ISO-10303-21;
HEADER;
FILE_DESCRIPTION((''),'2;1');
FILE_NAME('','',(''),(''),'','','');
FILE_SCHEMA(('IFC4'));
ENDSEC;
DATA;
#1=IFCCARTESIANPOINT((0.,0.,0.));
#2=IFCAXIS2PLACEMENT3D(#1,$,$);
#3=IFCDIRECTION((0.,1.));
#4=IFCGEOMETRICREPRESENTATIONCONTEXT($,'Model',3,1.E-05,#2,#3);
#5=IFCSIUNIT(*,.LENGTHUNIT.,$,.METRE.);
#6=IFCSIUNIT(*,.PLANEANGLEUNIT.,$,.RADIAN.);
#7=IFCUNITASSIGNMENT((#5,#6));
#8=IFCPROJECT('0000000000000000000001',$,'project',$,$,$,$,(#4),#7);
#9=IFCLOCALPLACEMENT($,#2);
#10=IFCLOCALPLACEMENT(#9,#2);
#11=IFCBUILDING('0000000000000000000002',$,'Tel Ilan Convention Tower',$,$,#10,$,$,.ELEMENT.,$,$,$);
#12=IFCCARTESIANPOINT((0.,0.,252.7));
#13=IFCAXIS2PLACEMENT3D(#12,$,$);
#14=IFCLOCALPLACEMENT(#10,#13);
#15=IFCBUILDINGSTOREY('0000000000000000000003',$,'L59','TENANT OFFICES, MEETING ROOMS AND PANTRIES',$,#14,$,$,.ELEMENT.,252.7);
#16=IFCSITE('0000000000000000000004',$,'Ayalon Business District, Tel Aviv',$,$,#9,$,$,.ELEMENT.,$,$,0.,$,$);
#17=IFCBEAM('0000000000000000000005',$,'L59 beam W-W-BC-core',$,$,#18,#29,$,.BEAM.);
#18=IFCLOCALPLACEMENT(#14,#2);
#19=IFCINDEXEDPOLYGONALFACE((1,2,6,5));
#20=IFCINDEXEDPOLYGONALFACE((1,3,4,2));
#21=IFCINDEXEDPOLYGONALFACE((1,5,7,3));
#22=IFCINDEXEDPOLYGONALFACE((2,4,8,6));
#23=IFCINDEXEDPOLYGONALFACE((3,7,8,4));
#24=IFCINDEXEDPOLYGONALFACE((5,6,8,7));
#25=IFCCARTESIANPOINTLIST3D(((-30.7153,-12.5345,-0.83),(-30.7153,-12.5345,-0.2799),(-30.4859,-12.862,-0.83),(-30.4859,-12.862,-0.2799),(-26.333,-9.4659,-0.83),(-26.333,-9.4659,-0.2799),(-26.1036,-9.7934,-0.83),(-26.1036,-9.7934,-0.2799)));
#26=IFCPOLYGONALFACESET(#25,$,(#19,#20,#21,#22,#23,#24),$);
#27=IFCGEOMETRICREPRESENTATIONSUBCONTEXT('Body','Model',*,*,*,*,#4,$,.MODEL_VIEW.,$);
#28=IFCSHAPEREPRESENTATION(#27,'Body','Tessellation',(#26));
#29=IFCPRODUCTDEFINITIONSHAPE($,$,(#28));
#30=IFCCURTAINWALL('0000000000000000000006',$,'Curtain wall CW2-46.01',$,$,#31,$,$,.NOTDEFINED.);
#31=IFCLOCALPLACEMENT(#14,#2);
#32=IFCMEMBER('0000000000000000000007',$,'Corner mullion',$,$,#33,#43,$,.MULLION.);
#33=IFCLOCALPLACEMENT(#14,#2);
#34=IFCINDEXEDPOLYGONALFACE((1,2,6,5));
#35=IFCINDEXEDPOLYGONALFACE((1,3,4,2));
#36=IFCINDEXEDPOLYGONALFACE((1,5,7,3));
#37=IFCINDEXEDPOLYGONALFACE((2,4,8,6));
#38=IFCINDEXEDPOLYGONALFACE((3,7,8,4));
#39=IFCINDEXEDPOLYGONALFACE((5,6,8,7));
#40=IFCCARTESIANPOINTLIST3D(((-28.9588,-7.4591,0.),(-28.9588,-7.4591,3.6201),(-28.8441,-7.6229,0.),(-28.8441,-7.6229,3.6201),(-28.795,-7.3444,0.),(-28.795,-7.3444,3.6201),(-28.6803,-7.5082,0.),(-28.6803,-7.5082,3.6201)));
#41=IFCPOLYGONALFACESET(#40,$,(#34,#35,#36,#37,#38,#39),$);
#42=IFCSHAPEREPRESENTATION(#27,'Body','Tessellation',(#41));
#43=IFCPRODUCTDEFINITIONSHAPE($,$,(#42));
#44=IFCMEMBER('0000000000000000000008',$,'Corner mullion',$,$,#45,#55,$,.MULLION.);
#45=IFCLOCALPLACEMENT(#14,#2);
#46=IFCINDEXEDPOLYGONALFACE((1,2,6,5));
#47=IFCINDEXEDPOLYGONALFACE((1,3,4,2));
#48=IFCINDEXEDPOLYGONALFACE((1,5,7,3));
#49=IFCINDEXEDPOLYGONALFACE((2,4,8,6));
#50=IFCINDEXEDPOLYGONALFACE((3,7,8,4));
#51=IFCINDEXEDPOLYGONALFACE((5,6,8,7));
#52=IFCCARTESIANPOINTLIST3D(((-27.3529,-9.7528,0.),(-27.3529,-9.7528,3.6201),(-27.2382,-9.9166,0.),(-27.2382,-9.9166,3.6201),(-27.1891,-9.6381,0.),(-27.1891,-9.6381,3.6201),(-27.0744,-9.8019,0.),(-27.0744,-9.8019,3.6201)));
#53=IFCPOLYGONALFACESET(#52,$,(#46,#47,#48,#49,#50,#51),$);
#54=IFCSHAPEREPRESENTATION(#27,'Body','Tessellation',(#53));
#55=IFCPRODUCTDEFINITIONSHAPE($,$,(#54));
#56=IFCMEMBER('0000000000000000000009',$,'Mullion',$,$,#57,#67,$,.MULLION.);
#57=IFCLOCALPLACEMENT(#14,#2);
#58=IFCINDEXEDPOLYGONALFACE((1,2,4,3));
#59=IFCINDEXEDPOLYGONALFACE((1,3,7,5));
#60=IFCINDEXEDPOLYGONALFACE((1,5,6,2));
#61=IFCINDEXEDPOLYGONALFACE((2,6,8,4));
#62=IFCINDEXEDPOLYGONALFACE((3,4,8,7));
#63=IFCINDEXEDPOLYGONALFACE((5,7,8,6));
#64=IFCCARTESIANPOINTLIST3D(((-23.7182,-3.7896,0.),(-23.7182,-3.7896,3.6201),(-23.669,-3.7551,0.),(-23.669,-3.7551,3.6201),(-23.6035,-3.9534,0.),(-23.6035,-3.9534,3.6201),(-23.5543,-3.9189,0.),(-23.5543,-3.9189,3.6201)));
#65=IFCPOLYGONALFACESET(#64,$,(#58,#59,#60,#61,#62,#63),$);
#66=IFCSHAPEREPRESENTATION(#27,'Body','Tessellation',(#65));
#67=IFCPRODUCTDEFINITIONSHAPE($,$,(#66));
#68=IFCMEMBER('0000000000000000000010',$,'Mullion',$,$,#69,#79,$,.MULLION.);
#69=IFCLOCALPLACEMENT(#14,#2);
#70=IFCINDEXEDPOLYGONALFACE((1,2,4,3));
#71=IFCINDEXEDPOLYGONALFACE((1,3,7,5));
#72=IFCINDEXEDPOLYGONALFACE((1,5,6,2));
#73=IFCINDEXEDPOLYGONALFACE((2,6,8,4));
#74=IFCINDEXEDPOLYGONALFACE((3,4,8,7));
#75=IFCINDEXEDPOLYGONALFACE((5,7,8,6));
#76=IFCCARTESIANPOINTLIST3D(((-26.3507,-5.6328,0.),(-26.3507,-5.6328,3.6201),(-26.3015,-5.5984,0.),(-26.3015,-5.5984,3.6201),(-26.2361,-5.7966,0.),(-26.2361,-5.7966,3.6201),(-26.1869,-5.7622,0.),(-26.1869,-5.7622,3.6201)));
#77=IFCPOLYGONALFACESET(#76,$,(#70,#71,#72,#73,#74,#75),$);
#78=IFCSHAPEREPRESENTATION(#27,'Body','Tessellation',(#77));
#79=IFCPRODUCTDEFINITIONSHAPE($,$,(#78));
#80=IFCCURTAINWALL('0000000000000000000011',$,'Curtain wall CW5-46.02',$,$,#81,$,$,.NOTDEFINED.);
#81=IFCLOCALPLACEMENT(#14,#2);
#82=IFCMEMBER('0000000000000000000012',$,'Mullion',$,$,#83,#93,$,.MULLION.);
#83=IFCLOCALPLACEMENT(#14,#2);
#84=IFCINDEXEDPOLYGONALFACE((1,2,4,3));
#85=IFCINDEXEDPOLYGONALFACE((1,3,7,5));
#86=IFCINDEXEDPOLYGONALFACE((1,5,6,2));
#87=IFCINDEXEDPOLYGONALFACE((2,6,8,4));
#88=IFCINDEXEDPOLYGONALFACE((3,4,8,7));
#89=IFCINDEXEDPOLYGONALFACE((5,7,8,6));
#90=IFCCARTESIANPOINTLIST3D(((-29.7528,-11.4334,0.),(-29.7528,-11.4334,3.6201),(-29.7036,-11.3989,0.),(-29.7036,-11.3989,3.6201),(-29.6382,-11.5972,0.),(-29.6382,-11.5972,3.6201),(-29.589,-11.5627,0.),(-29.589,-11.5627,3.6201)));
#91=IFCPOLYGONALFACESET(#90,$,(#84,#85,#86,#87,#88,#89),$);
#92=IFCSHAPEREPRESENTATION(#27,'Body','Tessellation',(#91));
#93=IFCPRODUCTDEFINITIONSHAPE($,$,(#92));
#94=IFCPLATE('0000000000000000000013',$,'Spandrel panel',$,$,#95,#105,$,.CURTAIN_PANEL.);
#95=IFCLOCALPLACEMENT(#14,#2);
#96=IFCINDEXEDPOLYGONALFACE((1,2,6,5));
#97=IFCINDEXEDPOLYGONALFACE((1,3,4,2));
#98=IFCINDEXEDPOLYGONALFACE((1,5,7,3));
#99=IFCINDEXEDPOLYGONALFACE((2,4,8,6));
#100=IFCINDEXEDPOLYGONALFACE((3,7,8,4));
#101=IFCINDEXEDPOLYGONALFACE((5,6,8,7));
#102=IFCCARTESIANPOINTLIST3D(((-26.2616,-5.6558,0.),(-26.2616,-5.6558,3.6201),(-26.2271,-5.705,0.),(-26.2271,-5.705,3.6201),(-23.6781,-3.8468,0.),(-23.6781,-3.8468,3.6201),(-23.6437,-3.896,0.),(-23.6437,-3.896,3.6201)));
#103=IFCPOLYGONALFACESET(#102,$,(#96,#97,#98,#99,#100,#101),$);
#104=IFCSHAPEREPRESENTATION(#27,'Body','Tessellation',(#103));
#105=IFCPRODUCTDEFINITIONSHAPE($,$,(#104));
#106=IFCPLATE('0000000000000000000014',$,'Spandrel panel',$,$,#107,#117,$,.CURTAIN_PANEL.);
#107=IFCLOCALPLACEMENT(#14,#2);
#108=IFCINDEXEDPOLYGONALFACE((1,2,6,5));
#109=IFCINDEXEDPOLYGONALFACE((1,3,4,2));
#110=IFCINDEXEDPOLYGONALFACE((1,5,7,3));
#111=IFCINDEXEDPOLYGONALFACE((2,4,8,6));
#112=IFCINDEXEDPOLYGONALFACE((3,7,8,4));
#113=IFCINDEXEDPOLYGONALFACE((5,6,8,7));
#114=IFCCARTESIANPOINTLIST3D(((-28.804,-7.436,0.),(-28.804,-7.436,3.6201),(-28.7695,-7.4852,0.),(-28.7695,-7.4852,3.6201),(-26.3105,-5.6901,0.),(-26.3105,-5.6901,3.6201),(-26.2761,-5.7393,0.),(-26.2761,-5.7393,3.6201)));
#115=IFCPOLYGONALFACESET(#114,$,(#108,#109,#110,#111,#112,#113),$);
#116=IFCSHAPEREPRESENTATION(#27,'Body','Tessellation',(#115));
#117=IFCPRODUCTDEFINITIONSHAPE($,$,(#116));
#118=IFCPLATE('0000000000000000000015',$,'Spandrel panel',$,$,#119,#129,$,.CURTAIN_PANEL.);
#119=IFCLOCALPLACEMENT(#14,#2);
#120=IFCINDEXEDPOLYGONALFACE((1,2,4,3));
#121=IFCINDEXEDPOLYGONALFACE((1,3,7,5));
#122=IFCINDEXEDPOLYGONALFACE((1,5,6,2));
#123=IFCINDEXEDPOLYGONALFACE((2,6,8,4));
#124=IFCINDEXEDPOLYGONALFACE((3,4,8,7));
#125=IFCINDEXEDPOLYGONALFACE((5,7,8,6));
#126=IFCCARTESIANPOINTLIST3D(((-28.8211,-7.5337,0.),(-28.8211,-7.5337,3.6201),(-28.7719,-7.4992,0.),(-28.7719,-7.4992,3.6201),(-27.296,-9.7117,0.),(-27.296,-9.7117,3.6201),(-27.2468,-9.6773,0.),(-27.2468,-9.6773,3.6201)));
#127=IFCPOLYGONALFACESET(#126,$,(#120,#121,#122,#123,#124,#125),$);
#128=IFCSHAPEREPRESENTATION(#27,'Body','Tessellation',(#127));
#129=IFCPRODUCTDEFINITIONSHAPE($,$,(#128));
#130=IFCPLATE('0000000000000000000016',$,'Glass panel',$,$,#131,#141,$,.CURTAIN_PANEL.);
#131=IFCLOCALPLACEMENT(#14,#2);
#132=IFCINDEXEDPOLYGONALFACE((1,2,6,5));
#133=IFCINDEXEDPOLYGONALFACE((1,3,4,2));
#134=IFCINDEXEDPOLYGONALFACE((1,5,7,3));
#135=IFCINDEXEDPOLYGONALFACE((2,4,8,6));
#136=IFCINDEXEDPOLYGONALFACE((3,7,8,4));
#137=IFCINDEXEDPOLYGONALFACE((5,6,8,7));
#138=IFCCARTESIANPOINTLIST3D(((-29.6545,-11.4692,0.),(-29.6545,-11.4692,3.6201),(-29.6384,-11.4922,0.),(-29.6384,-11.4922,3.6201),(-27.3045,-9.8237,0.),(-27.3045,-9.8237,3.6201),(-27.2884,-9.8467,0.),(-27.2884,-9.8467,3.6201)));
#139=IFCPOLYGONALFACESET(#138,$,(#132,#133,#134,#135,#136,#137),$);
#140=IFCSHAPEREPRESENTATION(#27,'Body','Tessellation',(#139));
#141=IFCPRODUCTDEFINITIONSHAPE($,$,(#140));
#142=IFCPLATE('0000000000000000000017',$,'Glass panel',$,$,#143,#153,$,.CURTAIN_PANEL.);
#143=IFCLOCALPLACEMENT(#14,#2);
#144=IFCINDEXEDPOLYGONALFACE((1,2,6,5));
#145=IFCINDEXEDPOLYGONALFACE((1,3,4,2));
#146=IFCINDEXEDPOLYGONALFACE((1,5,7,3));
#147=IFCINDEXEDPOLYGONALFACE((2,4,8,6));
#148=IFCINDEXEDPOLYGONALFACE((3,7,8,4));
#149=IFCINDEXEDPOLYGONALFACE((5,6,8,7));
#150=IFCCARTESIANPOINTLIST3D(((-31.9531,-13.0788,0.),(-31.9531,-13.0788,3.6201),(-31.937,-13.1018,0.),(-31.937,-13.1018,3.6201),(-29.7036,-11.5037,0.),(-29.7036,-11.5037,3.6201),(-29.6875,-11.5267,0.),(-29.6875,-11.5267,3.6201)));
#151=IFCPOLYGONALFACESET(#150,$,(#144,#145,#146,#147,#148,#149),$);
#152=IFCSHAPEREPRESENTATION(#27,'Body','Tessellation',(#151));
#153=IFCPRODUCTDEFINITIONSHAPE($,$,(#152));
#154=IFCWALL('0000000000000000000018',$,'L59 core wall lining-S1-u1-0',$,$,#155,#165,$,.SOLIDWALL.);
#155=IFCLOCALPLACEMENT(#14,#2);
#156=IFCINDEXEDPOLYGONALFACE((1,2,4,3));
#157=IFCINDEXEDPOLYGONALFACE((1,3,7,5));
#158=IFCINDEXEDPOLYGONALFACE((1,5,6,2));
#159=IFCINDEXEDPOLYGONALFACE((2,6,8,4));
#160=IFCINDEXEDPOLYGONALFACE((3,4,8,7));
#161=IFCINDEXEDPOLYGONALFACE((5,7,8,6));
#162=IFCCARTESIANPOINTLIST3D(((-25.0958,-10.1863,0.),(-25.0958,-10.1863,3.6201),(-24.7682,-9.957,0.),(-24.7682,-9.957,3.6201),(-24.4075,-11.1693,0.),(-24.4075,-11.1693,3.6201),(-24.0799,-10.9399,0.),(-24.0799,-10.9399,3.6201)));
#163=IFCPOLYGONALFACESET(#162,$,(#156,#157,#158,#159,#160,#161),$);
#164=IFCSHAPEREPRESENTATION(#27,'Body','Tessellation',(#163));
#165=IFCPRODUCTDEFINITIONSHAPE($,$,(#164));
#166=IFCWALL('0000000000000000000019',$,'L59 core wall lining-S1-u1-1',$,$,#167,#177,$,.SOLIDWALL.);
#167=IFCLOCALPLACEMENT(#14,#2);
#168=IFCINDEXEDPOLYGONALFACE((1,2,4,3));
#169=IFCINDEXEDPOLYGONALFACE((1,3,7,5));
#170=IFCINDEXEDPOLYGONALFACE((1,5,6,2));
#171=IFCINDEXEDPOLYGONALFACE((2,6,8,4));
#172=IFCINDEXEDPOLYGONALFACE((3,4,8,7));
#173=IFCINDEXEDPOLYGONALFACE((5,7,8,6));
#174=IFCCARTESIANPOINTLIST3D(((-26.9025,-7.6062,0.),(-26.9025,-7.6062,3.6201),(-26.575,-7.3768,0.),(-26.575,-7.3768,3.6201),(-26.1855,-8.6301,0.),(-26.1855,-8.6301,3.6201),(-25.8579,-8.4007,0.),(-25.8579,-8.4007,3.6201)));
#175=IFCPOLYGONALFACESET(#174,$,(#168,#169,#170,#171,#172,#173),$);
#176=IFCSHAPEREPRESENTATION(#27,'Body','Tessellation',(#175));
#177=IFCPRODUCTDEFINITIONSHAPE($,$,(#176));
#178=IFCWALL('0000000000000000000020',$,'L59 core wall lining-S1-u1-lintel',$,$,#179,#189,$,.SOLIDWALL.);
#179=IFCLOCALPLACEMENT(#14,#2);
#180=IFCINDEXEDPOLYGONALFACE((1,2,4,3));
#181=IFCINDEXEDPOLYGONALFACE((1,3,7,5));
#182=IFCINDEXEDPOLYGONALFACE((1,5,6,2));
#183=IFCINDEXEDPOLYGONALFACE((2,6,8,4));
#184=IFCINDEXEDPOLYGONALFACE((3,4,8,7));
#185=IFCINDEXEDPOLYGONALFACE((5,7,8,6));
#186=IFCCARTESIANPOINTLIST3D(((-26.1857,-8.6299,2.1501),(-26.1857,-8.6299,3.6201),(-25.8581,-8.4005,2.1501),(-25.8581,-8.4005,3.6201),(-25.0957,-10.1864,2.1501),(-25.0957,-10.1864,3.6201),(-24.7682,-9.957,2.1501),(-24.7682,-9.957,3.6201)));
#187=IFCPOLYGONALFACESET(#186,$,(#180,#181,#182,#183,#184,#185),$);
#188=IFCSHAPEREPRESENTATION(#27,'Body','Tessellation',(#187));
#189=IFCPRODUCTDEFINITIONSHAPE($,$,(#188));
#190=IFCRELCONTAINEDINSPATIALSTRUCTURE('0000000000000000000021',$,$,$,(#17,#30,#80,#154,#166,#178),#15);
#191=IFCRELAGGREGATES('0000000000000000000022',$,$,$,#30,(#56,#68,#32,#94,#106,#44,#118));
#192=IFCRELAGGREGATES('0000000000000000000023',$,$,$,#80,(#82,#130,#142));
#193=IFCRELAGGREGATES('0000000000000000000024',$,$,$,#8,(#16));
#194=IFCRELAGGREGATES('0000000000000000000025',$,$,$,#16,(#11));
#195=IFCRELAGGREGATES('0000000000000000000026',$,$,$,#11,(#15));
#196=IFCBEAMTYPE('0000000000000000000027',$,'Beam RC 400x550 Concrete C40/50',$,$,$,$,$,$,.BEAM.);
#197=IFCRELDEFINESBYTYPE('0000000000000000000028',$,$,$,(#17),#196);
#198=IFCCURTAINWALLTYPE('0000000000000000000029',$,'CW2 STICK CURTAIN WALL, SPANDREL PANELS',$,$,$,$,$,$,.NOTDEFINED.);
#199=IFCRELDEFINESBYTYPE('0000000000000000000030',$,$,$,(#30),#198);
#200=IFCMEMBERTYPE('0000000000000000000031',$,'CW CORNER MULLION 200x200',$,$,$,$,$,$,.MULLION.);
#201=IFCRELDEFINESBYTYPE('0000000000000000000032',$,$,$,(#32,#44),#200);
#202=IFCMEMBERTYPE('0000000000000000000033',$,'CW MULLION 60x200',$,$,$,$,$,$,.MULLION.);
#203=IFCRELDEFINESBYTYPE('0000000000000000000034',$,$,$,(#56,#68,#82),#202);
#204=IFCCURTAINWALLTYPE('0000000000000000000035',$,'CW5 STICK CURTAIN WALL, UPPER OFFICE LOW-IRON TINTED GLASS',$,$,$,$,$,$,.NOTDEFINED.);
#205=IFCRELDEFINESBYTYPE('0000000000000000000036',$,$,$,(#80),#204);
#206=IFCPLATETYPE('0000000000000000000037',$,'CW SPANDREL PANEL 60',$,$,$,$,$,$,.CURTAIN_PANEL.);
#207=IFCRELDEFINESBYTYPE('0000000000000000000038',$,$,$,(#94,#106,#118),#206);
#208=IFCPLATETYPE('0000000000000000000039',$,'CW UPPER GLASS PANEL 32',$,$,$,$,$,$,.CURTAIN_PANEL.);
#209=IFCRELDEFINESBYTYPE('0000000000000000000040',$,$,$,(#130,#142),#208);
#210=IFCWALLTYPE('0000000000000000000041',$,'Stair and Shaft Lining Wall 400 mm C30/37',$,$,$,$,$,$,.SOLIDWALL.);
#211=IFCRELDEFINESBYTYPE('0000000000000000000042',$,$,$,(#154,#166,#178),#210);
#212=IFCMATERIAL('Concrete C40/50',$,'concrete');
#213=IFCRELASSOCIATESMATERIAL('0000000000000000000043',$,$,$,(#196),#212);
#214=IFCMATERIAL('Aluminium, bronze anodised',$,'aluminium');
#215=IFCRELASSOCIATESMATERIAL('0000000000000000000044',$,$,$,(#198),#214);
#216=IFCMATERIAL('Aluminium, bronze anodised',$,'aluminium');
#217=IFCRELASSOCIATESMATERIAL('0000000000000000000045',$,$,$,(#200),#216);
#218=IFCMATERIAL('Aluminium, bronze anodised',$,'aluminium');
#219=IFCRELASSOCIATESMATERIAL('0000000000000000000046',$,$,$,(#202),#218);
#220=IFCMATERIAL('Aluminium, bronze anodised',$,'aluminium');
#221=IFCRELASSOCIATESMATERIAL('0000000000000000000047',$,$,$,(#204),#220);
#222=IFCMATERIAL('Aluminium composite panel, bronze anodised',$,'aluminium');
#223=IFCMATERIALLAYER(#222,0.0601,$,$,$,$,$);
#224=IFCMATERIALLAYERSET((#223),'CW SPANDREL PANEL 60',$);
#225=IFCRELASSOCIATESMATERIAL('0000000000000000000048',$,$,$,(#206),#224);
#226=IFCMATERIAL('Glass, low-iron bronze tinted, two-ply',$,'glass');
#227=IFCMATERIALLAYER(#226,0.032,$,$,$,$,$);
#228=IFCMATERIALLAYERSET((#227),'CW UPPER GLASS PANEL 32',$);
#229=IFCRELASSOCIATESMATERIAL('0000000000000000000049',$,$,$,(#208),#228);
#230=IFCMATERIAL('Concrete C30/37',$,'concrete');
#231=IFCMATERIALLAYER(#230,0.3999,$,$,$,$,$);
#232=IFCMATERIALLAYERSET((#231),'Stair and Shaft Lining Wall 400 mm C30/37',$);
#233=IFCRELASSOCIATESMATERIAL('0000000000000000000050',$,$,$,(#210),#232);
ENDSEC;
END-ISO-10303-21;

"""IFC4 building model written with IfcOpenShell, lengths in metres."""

from ifc_helpers import new_model, si_unit, direction, frame, frame_2d, origin, origin_2d, place, context, subcontext, project, spatial, rectangle, extrude, material, layer, layer_set, material_profile, profile_set, type_object, element, aggregate, save


model = new_model("IFC4")

# Units and contexts
model_context = context("Model", 3, precision=1e-05, world=origin(), true_north=direction((0.0, 1.0)))
body_context = subcontext(model_context, "Body", "Model", "MODEL_VIEW")
ifc_project = project(units=[si_unit("LENGTHUNIT", "METRE"), si_unit("PLANEANGLEUNIT", "RADIAN")], contexts=[model_context])

# Site, building, storey
site_placement = place(None, origin())
site = spatial("IfcSite", under=ifc_project, at=site_placement, Name="Ayalon Business District, Tel Aviv", CompositionType="ELEMENT", RefElevation=0.0)
building_placement = place(site_placement, origin())
building = spatial("IfcBuilding", under=site, at=building_placement, Name="Tel Ilan Convention Tower", CompositionType="ELEMENT")
storey_placement = place(building_placement, frame((0.0, 0.0, 252.7)))
storey = spatial("IfcBuildingStorey", under=building, at=storey_placement, Name="L59", Description="TENANT OFFICES, MEETING ROOMS AND PANTRIES", CompositionType="ELEMENT", Elevation=252.7)

# Beam
ifc_material_1 = material(Name="Concrete C40/50", Category="concrete")
ifc_material_profile_1 = material_profile(ifc_material_1, rectangle(XDim=0.3999, YDim=0.55, at=origin_2d()), Name="RC 400x550")
ifc_profile_set_1 = profile_set([ifc_material_profile_1], Name="Concrete C40/50")
beam_type = type_object("IfcBeamType", Name="Beam RC 400x550 Concrete C40/50", PredefinedType="BEAM", material=ifc_profile_set_1)
beam_placement = place(storey_placement, frame((-30.6006, -12.6982, -0.5549), z_axis=(0.819146, 0.573585, 0.0), x_axis=(-0.573585, 0.819146, 0.0)))
element("IfcBeam", 1, at=beam_placement, inside=storey, type_object=beam_type, Name="L59 beam W-W-BC-core", PredefinedType="BEAM", context=body_context, shape_type="SweptSolid", body=[
    extrude(rectangle(XDim=0.3999, YDim=0.55, at=origin_2d()), origin(), (0.0, 0.0, 1.0), 5.3499),
])

# Curtain wall, members
ifc_material_2 = material(Name="Aluminium, bronze anodised", Category="aluminium")
curtain_wall_type_1 = type_object("IfcCurtainWallType", Name="CW2 STICK CURTAIN WALL, SPANDREL PANELS", PredefinedType="NOTDEFINED", material=ifc_material_2)
curtain_wall_1_placement = place(storey_placement, origin())
curtain_wall_1 = element("IfcCurtainWall", 2, at=curtain_wall_1_placement, inside=storey, type_object=curtain_wall_type_1, Name="Curtain wall CW2-46.01", PredefinedType="NOTDEFINED")
ifc_material_3 = material(Name="Aluminium, bronze anodised", Category="aluminium")
ifc_material_profile_2 = material_profile(ifc_material_3, rectangle(XDim=0.2, YDim=0.2, at=origin_2d()), Name="CW CORNER MULLION 200x200")
ifc_profile_set_2 = profile_set([ifc_material_profile_2], Name="Aluminium, bronze anodised")
member_type_1 = type_object("IfcMemberType", Name="CW CORNER MULLION 200x200", PredefinedType="MULLION", material=ifc_profile_set_2)
member_1_placement = place(storey_placement, frame((-28.8196, -7.4836, 0.0), z_axis=(0.0, 0.0, 1.0), x_axis=(-0.819152, -0.573576, 0.0)))
member_1 = element("IfcMember", 3, at=member_1_placement, type_object=member_type_1, Name="Corner mullion", PredefinedType="MULLION", context=body_context, shape_type="SweptSolid", body=[
    extrude(rectangle(XDim=0.2, YDim=0.2, at=origin_2d()), origin(), (0.0, 0.0, 1.0), 3.6201),
])
member_2_placement = place(storey_placement, frame((-27.2136, -9.7773, 0.0), z_axis=(0.0, 0.0, 1.0), x_axis=(0.573576, -0.819152, 0.0)))
member_2 = element("IfcMember", 4, at=member_2_placement, type_object=member_type_1, Name="Corner mullion", PredefinedType="MULLION", context=body_context, shape_type="SweptSolid", body=[
    extrude(rectangle(XDim=0.2, YDim=0.2, at=origin_2d()), origin(), (0.0, 0.0, 1.0), 3.6201),
])
ifc_material_4 = material(Name="Aluminium, bronze anodised", Category="aluminium")
ifc_material_profile_3 = material_profile(ifc_material_4, rectangle(XDim=0.0601, YDim=0.2, at=origin_2d()), Name="CW MULLION 60x200")
ifc_profile_set_3 = profile_set([ifc_material_profile_3], Name="Aluminium, bronze anodised")
member_type_2 = type_object("IfcMemberType", Name="CW MULLION 60x200", PredefinedType="MULLION", material=ifc_profile_set_3)
member_3_placement = place(storey_placement, frame((-23.6362, -3.8542, 0.0), z_axis=(0.0, 0.0, 1.0), x_axis=(-0.819152, -0.573576, 0.0)))
member_3 = element("IfcMember", 5, at=member_3_placement, type_object=member_type_2, Name="Mullion", PredefinedType="MULLION", context=body_context, shape_type="SweptSolid", body=[
    extrude(rectangle(XDim=0.0601, YDim=0.2, at=origin_2d()), origin(), (0.0, 0.0, 1.0), 3.6201),
])
member_4_placement = place(storey_placement, frame((-26.2688, -5.6975, 0.0), z_axis=(0.0, 0.0, 1.0), x_axis=(-0.819152, -0.573576, 0.0)))
member_4 = element("IfcMember", 6, at=member_4_placement, type_object=member_type_2, Name="Mullion", PredefinedType="MULLION", context=body_context, shape_type="SweptSolid", body=[
    extrude(rectangle(XDim=0.0601, YDim=0.2, at=origin_2d()), origin(), (0.0, 0.0, 1.0), 3.6201),
])

# Curtain wall, member
ifc_material_5 = material(Name="Aluminium, bronze anodised", Category="aluminium")
curtain_wall_type_2 = type_object("IfcCurtainWallType", Name="CW5 STICK CURTAIN WALL, UPPER OFFICE LOW-IRON TINTED GLASS", PredefinedType="NOTDEFINED", material=ifc_material_5)
curtain_wall_2_placement = place(storey_placement, origin())
curtain_wall_2 = element("IfcCurtainWall", 7, at=curtain_wall_2_placement, inside=storey, type_object=curtain_wall_type_2, Name="Curtain wall CW5-46.02", PredefinedType="NOTDEFINED")
member_5_placement = place(storey_placement, frame((-29.6709, -11.498, 0.0), z_axis=(0.0, 0.0, 1.0), x_axis=(-0.819152, -0.573576, 0.0)))
member_5 = element("IfcMember", 8, at=member_5_placement, type_object=member_type_2, Name="Mullion", PredefinedType="MULLION", context=body_context, shape_type="SweptSolid", body=[
    extrude(rectangle(XDim=0.0601, YDim=0.2, at=origin_2d()), origin(), (0.0, 0.0, 1.0), 3.6201),
])

# Plates
ifc_material_6 = material(Name="Aluminium composite panel, bronze anodised", Category="aluminium")
ifc_layer_1 = layer(ifc_material_6, 0.0601)
ifc_layer_set_1 = layer_set([ifc_layer_1], Name="CW SPANDREL PANEL 60")
plate_type_1 = type_object("IfcPlateType", Name="CW SPANDREL PANEL 60", PredefinedType="CURTAIN_PANEL", material=ifc_layer_set_1)
plate_1_placement = place(storey_placement, frame((-24.9526, -4.7759, 0.0), z_axis=(0.0, 0.0, 1.0), x_axis=(-0.819152, -0.573576, 0.0)))
plate_1 = element("IfcPlate", 9, at=plate_1_placement, type_object=plate_type_1, Name="Spandrel panel", PredefinedType="CURTAIN_PANEL", context=body_context, shape_type="SweptSolid", body=[
    extrude(rectangle(XDim=3.1538, YDim=0.0601, at=origin_2d()), origin(), (0.0, 0.0, 1.0), 3.6201),
])
plate_2_placement = place(storey_placement, frame((-27.54, -6.5876, 0.0), z_axis=(0.0, 0.0, 1.0), x_axis=(-0.819152, -0.573576, 0.0)))
plate_2 = element("IfcPlate", 10, at=plate_2_placement, type_object=plate_type_1, Name="Spandrel panel", PredefinedType="CURTAIN_PANEL", context=body_context, shape_type="SweptSolid", body=[
    extrude(rectangle(XDim=3.0439, YDim=0.0601, at=origin_2d()), origin(), (0.0, 0.0, 1.0), 3.6201),
])
plate_3_placement = place(storey_placement, frame((-28.0339, -8.6055, 0.0), z_axis=(0.0, 0.0, 1.0), x_axis=(0.573576, -0.819152, 0.0)))
plate_3 = element("IfcPlate", 11, at=plate_3_placement, type_object=plate_type_1, Name="Spandrel panel", PredefinedType="CURTAIN_PANEL", context=body_context, shape_type="SweptSolid", body=[
    extrude(rectangle(XDim=2.6589, YDim=0.0601, at=origin_2d()), origin(), (0.0, 0.0, 1.0), 3.6201),
])
aggregate(curtain_wall_1, [member_3, member_4, member_1, plate_1, plate_2, member_2, plate_3])
ifc_material_7 = material(Name="Glass, low-iron bronze tinted, two-ply", Category="glass")
ifc_layer_2 = layer(ifc_material_7, 0.032)
ifc_layer_set_2 = layer_set([ifc_layer_2], Name="CW UPPER GLASS PANEL 32")
plate_type_2 = type_object("IfcPlateType", Name="CW UPPER GLASS PANEL 32", PredefinedType="CURTAIN_PANEL", material=ifc_layer_set_2)
plate_4_placement = place(storey_placement, frame((-28.4714, -10.658, 0.0), z_axis=(0.0, 0.0, 1.0), x_axis=(-0.819152, -0.573576, 0.0)))
plate_4 = element("IfcPlate", 12, at=plate_4_placement, type_object=plate_type_2, Name="Glass panel", PredefinedType="CURTAIN_PANEL", context=body_context, shape_type="SweptSolid", body=[
    extrude(rectangle(XDim=2.8689, YDim=0.0281, at=origin_2d()), origin(), (0.0, 0.0, 1.0), 3.6201),
])
plate_5_placement = place(storey_placement, frame((-30.8203, -12.3027, 0.0), z_axis=(0.0, 0.0, 1.0), x_axis=(-0.819152, -0.573576, 0.0)))
plate_5 = element("IfcPlate", 13, at=plate_5_placement, type_object=plate_type_2, Name="Glass panel", PredefinedType="CURTAIN_PANEL", context=body_context, shape_type="SweptSolid", body=[
    extrude(rectangle(XDim=2.7461, YDim=0.0281, at=origin_2d()), origin(), (0.0, 0.0, 1.0), 3.6201),
])
aggregate(curtain_wall_2, [member_5, plate_4, plate_5])

# Walls
ifc_material_8 = material(Name="Concrete C30/37", Category="concrete")
ifc_layer_3 = layer(ifc_material_8, 0.3999)
ifc_layer_set_3 = layer_set([ifc_layer_3], Name="Stair and Shaft Lining Wall 400 mm C30/37")
wall_type = type_object("IfcWallType", Name="Stair and Shaft Lining Wall 400 mm C30/37", PredefinedType="SOLIDWALL", material=ifc_layer_set_3)
wall_1_placement = place(storey_placement, frame((-24.2437, -11.0547, 0.0), z_axis=(0.0, 0.0, 1.0), x_axis=(-0.573572, 0.819155, 0.0)))
element("IfcWall", 14, at=wall_1_placement, inside=storey, type_object=wall_type, Name="L59 core wall lining-S1-u1-0", PredefinedType="SOLIDWALL", context=body_context, shape_type="SweptSolid", body=[
    extrude(rectangle(XDim=1.2, YDim=0.3999, at=frame_2d((0.6001, 0.0))), origin(), (0.0, 0.0, 1.0), 3.6201),
])
wall_2_placement = place(storey_placement, frame((-26.0217, -8.5154, 0.0), z_axis=(0.0, 0.0, 1.0), x_axis=(-0.57362, 0.819122, 0.0)))
element("IfcWall", 15, at=wall_2_placement, inside=storey, type_object=wall_type, Name="L59 core wall lining-S1-u1-1", PredefinedType="SOLIDWALL", context=body_context, shape_type="SweptSolid", body=[
    extrude(rectangle(XDim=1.25, YDim=0.3999, at=frame_2d((0.625, 0.0))), origin(), (0.0, 0.0, 1.0), 3.6201),
])
wall_3_placement = place(storey_placement, frame((-24.9319, -10.0718, 2.1501), z_axis=(0.0, 0.0, 1.0), x_axis=(-0.573592, 0.819141, 0.0)))
element("IfcWall", 16, at=wall_3_placement, inside=storey, type_object=wall_type, Name="L59 core wall lining-S1-u1-lintel", PredefinedType="SOLIDWALL", context=body_context, shape_type="SweptSolid", body=[
    extrude(rectangle(XDim=1.9001, YDim=0.3999, at=frame_2d((0.9502, 0.0))), origin(), (0.0, 0.0, 1.0), 1.47),
])

save(model, "model.ifc")
